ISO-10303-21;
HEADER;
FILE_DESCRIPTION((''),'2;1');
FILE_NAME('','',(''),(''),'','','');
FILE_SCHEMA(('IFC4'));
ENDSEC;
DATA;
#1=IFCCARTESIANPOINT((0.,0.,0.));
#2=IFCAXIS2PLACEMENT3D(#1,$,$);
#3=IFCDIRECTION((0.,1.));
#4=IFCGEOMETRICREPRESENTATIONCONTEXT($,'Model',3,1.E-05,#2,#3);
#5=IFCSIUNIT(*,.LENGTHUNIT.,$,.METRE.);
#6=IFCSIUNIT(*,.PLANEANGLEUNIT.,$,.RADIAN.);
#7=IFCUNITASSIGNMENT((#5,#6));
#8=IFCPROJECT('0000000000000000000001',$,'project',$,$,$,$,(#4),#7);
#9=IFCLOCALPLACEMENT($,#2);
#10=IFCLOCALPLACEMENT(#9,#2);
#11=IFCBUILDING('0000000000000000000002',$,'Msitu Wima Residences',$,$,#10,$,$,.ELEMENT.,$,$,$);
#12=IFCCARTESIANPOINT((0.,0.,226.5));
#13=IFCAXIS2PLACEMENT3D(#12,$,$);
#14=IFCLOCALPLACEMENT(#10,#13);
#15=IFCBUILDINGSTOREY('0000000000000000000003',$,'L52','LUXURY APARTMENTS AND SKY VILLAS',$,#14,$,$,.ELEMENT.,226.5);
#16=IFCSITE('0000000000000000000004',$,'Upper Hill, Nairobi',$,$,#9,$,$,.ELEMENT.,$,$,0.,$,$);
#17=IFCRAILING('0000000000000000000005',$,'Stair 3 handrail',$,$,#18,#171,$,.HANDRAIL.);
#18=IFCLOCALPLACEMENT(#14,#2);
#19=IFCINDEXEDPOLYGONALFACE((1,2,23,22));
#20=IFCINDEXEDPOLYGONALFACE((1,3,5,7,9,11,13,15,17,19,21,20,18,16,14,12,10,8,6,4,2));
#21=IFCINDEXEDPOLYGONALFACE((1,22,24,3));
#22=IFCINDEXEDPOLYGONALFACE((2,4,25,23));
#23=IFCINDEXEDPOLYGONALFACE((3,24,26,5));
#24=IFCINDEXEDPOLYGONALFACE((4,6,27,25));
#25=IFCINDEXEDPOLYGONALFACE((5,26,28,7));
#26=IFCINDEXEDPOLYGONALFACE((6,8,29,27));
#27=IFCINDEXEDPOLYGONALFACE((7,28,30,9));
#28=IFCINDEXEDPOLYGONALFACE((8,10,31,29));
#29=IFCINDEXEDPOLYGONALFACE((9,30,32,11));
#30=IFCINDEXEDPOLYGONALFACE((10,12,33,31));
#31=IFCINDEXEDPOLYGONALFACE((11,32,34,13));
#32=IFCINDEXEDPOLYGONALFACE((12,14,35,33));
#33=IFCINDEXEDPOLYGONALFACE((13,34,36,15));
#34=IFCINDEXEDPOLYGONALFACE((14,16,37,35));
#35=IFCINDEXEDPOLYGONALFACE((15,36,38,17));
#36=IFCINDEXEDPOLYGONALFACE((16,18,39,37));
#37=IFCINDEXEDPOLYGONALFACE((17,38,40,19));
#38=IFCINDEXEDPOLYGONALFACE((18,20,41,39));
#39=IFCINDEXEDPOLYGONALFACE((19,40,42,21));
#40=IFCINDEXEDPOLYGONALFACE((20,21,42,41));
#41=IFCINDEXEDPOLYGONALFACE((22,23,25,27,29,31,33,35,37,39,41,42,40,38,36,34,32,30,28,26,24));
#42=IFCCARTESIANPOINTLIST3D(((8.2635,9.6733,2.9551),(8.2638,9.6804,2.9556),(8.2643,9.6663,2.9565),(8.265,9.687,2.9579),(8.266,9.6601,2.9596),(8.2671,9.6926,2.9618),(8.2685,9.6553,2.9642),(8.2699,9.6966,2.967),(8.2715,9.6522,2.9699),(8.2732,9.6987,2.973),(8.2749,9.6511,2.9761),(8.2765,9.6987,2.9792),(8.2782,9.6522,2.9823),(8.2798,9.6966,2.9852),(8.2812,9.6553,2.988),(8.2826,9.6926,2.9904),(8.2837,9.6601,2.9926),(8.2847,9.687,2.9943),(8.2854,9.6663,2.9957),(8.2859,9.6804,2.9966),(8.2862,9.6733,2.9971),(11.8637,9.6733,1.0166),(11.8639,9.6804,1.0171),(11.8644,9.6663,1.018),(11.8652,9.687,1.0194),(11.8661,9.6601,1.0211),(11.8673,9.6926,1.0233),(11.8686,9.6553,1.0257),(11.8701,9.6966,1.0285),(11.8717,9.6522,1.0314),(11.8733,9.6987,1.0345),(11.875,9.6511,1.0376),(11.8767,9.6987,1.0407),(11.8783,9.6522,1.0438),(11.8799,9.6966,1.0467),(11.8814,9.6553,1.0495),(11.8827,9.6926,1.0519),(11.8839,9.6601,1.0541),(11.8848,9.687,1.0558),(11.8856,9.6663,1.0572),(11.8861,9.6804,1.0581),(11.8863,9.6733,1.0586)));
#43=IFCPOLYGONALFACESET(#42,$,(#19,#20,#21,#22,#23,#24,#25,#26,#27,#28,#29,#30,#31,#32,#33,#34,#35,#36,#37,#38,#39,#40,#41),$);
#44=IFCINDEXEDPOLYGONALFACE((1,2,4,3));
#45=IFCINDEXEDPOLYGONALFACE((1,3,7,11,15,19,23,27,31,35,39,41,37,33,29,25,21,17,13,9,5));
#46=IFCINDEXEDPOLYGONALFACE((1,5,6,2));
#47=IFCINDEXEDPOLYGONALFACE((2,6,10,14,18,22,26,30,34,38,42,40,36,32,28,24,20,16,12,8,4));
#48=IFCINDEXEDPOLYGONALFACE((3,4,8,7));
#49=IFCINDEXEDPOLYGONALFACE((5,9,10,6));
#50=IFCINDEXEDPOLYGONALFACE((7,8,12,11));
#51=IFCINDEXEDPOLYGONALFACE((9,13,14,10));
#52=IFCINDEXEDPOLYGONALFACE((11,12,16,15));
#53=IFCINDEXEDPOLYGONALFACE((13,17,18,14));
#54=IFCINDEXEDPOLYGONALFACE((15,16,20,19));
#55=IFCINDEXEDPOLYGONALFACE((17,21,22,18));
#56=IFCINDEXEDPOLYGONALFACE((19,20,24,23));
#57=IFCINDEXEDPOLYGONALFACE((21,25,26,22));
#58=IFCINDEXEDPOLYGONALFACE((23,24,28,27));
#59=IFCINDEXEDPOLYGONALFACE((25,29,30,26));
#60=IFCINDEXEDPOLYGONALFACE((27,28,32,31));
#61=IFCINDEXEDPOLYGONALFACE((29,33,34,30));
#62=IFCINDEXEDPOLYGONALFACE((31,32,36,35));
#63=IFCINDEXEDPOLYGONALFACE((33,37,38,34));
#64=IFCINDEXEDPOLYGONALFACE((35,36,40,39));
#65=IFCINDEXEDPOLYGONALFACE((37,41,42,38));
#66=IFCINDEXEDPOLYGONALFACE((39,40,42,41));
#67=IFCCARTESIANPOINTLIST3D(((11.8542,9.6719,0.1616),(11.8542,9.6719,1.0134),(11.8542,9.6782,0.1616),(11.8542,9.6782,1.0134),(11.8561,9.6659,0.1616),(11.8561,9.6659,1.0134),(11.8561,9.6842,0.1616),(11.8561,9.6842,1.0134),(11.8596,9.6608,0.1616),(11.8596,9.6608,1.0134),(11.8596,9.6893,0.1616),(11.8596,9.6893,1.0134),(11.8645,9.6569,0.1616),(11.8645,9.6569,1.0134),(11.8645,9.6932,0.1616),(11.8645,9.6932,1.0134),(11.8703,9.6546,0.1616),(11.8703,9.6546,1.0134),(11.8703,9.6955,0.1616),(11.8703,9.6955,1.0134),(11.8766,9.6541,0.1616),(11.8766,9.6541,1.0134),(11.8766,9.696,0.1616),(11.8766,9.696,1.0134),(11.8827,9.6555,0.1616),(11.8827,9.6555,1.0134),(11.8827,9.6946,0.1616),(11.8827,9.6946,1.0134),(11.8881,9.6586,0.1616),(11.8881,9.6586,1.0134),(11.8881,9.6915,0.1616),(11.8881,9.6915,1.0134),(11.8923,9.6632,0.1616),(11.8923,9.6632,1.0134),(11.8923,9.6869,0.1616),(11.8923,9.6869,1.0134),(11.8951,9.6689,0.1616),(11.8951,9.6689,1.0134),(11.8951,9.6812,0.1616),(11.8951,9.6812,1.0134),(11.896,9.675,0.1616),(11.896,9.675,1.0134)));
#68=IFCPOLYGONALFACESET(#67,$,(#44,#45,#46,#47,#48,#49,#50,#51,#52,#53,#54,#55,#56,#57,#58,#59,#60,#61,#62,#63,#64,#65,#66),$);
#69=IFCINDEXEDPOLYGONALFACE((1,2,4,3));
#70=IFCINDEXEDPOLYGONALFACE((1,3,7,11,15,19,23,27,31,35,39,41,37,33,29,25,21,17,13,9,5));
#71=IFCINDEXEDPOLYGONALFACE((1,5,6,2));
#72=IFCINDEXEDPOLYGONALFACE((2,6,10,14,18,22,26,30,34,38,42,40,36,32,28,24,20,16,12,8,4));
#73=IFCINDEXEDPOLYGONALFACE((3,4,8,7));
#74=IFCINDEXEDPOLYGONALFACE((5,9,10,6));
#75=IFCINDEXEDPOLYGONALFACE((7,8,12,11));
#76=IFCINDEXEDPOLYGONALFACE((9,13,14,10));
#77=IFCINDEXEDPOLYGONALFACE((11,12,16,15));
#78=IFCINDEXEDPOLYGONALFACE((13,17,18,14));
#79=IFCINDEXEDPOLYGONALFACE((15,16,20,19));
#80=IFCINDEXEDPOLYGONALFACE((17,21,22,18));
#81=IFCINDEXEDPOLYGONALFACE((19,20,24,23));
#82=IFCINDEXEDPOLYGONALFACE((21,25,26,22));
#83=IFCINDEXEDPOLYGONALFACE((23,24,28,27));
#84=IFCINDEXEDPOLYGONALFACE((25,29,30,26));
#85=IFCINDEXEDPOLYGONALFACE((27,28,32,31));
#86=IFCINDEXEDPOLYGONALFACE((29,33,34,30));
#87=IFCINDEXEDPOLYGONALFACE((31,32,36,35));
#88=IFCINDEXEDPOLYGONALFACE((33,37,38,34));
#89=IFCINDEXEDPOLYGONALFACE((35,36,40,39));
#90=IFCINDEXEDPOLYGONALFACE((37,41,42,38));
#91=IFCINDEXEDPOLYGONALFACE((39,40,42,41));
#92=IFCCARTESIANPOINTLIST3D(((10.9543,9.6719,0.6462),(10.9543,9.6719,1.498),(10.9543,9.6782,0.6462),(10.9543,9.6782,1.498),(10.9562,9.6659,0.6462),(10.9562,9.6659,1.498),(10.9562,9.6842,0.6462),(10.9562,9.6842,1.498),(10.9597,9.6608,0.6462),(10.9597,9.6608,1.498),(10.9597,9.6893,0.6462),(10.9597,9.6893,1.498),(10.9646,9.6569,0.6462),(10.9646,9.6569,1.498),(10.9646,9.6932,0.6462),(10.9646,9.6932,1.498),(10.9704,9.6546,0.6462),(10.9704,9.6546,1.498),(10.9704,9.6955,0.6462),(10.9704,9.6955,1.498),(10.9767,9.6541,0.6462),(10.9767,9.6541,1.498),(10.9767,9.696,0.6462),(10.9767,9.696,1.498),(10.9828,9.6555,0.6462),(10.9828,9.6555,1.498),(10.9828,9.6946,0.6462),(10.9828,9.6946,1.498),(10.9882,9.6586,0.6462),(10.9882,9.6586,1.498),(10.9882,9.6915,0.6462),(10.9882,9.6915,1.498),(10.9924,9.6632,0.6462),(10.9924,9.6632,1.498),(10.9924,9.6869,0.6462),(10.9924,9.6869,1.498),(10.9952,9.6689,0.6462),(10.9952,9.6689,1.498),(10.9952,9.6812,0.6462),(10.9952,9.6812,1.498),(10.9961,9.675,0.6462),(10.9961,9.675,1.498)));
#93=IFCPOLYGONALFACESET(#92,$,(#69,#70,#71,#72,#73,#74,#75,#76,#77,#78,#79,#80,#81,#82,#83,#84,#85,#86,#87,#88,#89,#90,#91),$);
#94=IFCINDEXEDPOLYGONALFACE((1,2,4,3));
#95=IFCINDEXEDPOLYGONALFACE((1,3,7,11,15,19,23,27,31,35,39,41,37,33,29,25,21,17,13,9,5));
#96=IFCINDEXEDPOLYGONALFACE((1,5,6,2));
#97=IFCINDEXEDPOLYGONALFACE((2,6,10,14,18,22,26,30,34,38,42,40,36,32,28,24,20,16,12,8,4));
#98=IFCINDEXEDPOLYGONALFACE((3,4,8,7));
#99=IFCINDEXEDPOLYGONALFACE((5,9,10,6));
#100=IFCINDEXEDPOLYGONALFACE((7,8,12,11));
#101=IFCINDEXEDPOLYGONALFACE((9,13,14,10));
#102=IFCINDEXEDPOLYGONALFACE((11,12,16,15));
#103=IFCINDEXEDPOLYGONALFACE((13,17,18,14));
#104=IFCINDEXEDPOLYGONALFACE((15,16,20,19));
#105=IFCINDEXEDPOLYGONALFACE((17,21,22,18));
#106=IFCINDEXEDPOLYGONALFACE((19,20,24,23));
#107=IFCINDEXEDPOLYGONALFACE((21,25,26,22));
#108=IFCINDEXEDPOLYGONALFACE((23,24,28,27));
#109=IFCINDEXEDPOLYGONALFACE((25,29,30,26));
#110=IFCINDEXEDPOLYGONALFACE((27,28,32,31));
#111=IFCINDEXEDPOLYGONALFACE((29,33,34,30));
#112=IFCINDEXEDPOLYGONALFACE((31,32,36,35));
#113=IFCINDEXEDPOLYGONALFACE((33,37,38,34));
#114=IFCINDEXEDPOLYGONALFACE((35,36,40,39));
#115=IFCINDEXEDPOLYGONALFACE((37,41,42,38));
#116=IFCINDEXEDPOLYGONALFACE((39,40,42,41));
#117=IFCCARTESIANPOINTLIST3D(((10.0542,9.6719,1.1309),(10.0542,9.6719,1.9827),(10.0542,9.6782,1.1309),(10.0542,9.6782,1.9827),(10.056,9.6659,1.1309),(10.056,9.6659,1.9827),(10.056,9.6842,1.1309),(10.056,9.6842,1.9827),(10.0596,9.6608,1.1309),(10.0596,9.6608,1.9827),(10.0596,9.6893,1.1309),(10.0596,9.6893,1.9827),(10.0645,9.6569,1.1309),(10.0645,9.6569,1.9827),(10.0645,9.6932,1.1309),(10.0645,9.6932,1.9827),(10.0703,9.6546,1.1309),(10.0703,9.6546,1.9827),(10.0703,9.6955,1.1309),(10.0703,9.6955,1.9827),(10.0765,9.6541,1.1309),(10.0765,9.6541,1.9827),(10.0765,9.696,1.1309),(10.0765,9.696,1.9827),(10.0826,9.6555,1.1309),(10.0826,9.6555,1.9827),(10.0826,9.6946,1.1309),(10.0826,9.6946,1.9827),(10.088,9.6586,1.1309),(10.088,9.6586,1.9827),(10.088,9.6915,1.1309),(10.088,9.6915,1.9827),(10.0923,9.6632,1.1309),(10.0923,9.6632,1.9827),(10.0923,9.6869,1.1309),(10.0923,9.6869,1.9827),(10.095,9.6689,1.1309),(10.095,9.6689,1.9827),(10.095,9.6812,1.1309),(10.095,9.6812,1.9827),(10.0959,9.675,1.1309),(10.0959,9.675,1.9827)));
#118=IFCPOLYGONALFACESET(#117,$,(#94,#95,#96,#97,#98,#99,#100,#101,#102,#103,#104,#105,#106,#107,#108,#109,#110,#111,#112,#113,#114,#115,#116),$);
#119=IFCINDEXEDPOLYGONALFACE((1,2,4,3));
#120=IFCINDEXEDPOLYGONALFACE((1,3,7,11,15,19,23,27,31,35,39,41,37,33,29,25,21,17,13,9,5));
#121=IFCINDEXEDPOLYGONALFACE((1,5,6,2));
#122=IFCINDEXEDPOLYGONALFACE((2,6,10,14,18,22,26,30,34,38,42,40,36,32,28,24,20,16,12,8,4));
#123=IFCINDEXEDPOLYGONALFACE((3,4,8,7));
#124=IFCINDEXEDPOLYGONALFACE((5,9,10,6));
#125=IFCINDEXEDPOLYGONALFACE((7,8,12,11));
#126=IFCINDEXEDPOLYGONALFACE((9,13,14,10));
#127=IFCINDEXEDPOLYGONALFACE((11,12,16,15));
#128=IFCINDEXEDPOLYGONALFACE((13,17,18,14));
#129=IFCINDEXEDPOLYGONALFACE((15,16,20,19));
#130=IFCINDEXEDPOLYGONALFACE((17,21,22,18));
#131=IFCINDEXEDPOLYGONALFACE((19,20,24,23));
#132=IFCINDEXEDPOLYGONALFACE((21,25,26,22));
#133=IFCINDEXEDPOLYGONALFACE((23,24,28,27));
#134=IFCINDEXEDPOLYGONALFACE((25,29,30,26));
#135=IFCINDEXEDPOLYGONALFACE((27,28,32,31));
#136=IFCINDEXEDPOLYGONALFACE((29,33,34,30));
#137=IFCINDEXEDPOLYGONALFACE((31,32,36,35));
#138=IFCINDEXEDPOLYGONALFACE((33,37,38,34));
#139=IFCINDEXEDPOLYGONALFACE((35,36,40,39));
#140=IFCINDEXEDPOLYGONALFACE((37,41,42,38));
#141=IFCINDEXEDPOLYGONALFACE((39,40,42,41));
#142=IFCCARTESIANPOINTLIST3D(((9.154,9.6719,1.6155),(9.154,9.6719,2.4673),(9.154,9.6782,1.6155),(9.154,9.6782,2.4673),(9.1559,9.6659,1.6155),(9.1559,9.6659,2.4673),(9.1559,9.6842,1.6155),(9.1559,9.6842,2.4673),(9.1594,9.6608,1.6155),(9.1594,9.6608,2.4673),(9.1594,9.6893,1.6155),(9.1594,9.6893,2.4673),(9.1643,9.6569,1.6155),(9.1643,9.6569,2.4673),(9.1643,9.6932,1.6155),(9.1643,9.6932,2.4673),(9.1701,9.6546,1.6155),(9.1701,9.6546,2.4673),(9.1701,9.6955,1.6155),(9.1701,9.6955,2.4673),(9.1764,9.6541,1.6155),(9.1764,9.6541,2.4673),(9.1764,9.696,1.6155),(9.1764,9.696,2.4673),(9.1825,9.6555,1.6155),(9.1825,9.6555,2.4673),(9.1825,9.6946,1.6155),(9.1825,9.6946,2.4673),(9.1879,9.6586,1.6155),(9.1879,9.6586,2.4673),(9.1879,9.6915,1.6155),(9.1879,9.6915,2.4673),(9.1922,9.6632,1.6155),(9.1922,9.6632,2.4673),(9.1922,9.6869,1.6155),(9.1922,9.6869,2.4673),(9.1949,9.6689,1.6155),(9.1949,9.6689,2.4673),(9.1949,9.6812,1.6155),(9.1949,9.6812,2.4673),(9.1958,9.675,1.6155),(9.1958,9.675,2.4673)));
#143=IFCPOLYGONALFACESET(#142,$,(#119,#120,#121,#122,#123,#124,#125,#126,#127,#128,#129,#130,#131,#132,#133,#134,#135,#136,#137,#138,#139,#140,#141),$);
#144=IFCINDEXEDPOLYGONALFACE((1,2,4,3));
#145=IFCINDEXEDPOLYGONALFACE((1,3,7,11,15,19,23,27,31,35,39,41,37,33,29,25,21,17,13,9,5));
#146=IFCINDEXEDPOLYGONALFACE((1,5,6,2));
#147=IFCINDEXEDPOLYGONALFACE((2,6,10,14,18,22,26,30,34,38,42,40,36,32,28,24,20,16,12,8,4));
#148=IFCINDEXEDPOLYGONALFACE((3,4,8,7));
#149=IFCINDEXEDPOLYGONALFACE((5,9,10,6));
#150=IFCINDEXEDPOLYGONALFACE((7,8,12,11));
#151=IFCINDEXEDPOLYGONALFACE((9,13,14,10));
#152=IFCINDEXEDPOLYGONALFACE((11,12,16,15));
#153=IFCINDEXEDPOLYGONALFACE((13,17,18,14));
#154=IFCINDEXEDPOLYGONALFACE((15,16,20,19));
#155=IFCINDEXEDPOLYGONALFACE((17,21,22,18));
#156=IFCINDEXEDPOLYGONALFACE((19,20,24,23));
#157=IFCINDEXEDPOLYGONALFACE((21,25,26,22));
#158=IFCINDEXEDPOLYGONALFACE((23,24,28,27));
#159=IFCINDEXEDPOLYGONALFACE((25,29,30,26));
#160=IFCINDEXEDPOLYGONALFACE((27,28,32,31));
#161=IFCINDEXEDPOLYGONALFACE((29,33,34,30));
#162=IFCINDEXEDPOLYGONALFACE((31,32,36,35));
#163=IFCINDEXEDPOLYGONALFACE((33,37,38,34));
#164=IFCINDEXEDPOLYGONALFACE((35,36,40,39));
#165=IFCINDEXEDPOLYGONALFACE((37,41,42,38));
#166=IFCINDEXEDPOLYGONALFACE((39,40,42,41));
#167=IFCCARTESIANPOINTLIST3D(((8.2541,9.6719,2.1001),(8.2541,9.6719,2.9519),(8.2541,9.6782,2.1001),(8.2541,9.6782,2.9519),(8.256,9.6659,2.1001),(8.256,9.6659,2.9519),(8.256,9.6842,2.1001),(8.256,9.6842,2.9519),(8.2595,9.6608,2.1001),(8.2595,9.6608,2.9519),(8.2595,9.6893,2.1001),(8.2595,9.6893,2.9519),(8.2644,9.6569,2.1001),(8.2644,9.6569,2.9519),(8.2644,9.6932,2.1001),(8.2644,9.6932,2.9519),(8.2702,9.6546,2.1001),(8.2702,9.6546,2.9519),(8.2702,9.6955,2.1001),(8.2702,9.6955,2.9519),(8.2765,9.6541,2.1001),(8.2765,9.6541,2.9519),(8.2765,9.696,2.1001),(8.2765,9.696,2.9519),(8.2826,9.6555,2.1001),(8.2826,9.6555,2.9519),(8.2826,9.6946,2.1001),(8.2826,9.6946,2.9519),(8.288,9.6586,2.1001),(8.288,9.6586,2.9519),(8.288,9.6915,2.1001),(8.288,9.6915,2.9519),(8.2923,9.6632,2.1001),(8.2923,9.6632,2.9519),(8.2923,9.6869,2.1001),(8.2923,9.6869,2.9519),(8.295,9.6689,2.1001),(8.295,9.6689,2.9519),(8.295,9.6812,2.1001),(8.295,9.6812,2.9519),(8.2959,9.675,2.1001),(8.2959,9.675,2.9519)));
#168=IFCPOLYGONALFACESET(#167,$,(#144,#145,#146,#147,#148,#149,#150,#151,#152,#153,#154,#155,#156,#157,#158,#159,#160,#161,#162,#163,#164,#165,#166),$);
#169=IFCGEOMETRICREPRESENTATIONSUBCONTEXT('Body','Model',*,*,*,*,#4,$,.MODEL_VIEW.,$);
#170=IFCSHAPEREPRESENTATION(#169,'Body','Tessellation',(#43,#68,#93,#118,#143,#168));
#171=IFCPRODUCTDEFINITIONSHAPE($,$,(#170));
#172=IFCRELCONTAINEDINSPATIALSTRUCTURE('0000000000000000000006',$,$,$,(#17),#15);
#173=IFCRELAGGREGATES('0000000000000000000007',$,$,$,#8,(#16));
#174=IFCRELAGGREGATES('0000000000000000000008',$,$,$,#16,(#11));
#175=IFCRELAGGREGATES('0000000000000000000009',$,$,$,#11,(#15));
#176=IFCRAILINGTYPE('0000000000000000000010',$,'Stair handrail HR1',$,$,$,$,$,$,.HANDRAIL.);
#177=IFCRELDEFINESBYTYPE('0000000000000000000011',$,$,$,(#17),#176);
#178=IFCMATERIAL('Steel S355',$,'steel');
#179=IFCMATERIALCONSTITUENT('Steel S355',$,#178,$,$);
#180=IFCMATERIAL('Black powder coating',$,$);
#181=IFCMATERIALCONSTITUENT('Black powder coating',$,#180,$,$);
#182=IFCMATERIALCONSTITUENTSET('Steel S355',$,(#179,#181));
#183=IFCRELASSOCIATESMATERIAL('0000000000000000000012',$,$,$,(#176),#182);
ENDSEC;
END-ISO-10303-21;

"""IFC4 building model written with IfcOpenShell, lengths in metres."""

from ifc_helpers import new_model, si_unit, direction, frame, origin, origin_2d, place, context, subcontext, project, spatial, circle, extrude, material, constituent, constituent_set, type_object, element, save


model = new_model("IFC4")

# Units and contexts
model_context = context("Model", 3, precision=1e-05, world=origin(), true_north=direction((0.0, 1.0)))
body_context = subcontext(model_context, "Body", "Model", "MODEL_VIEW")
ifc_project = project(units=[si_unit("LENGTHUNIT", "METRE"), si_unit("PLANEANGLEUNIT", "RADIAN")], contexts=[model_context])

# Site, building, storey
site_placement = place(None, origin())
site = spatial("IfcSite", under=ifc_project, at=site_placement, Name="Upper Hill, Nairobi", CompositionType="ELEMENT", RefElevation=0.0)
building_placement = place(site_placement, origin())
building = spatial("IfcBuilding", under=site, at=building_placement, Name="Msitu Wima Residences", CompositionType="ELEMENT")
storey_placement = place(building_placement, frame((0.0, 0.0, 226.5)))
storey = spatial("IfcBuildingStorey", under=building, at=storey_placement, Name="L52", Description="LUXURY APARTMENTS AND SKY VILLAS", CompositionType="ELEMENT", Elevation=226.5)

# Railing
ifc_material_1 = material(Name="Steel S355", Category="steel")
ifc_constituent_1 = constituent(ifc_material_1, Name="Steel S355")
ifc_material_2 = material(Name="Black powder coating")
ifc_constituent_2 = constituent(ifc_material_2, Name="Black powder coating")
ifc_constituent_set = constituent_set(constituents=[ifc_constituent_1, ifc_constituent_2], Name="Steel S355")
railing_type = type_object("IfcRailingType", Name="Stair handrail HR1", PredefinedType="HANDRAIL", material=ifc_constituent_set)
for number, where, name in (
    (1, (11.875, 9.675, 0.1616), "Stair 3 handrail"),
):
    element("IfcRailing", number, at=place(storey_placement, frame(where)), inside=storey, type_object=railing_type, Name=name, PredefinedType="HANDRAIL", context=body_context, shape_type="SweptSolid", body=[
        extrude(circle(Radius=0.0239, at=origin_2d()), frame((0.0, 0.0, 0.876), z_axis=(-0.880475, 0.0, 0.474093), x_axis=(0.0, -1.0, 0.0)), (0.0, 0.0, 1.0), 4.0889),
        extrude(circle(Radius=0.021, at=origin_2d()), origin(), (0.0, 0.0, 1.0), 0.8518),
        extrude(circle(Radius=0.021, at=origin_2d()), frame((-0.8999, 0.0, 0.4846)), (0.0, 0.0, 1.0), 0.8518),
        extrude(circle(Radius=0.021, at=origin_2d()), frame((-1.8, 0.0, 0.9692)), (0.0, 0.0, 1.0), 0.8518),
        extrude(circle(Radius=0.021, at=origin_2d()), frame((-2.7002, 0.0, 1.4539)), (0.0, 0.0, 1.0), 0.8518),
        extrude(circle(Radius=0.021, at=origin_2d()), frame((-3.6001, 0.0, 1.9385)), (0.0, 0.0, 1.0), 0.8518),
    ])

save(model, "model.ifc")
